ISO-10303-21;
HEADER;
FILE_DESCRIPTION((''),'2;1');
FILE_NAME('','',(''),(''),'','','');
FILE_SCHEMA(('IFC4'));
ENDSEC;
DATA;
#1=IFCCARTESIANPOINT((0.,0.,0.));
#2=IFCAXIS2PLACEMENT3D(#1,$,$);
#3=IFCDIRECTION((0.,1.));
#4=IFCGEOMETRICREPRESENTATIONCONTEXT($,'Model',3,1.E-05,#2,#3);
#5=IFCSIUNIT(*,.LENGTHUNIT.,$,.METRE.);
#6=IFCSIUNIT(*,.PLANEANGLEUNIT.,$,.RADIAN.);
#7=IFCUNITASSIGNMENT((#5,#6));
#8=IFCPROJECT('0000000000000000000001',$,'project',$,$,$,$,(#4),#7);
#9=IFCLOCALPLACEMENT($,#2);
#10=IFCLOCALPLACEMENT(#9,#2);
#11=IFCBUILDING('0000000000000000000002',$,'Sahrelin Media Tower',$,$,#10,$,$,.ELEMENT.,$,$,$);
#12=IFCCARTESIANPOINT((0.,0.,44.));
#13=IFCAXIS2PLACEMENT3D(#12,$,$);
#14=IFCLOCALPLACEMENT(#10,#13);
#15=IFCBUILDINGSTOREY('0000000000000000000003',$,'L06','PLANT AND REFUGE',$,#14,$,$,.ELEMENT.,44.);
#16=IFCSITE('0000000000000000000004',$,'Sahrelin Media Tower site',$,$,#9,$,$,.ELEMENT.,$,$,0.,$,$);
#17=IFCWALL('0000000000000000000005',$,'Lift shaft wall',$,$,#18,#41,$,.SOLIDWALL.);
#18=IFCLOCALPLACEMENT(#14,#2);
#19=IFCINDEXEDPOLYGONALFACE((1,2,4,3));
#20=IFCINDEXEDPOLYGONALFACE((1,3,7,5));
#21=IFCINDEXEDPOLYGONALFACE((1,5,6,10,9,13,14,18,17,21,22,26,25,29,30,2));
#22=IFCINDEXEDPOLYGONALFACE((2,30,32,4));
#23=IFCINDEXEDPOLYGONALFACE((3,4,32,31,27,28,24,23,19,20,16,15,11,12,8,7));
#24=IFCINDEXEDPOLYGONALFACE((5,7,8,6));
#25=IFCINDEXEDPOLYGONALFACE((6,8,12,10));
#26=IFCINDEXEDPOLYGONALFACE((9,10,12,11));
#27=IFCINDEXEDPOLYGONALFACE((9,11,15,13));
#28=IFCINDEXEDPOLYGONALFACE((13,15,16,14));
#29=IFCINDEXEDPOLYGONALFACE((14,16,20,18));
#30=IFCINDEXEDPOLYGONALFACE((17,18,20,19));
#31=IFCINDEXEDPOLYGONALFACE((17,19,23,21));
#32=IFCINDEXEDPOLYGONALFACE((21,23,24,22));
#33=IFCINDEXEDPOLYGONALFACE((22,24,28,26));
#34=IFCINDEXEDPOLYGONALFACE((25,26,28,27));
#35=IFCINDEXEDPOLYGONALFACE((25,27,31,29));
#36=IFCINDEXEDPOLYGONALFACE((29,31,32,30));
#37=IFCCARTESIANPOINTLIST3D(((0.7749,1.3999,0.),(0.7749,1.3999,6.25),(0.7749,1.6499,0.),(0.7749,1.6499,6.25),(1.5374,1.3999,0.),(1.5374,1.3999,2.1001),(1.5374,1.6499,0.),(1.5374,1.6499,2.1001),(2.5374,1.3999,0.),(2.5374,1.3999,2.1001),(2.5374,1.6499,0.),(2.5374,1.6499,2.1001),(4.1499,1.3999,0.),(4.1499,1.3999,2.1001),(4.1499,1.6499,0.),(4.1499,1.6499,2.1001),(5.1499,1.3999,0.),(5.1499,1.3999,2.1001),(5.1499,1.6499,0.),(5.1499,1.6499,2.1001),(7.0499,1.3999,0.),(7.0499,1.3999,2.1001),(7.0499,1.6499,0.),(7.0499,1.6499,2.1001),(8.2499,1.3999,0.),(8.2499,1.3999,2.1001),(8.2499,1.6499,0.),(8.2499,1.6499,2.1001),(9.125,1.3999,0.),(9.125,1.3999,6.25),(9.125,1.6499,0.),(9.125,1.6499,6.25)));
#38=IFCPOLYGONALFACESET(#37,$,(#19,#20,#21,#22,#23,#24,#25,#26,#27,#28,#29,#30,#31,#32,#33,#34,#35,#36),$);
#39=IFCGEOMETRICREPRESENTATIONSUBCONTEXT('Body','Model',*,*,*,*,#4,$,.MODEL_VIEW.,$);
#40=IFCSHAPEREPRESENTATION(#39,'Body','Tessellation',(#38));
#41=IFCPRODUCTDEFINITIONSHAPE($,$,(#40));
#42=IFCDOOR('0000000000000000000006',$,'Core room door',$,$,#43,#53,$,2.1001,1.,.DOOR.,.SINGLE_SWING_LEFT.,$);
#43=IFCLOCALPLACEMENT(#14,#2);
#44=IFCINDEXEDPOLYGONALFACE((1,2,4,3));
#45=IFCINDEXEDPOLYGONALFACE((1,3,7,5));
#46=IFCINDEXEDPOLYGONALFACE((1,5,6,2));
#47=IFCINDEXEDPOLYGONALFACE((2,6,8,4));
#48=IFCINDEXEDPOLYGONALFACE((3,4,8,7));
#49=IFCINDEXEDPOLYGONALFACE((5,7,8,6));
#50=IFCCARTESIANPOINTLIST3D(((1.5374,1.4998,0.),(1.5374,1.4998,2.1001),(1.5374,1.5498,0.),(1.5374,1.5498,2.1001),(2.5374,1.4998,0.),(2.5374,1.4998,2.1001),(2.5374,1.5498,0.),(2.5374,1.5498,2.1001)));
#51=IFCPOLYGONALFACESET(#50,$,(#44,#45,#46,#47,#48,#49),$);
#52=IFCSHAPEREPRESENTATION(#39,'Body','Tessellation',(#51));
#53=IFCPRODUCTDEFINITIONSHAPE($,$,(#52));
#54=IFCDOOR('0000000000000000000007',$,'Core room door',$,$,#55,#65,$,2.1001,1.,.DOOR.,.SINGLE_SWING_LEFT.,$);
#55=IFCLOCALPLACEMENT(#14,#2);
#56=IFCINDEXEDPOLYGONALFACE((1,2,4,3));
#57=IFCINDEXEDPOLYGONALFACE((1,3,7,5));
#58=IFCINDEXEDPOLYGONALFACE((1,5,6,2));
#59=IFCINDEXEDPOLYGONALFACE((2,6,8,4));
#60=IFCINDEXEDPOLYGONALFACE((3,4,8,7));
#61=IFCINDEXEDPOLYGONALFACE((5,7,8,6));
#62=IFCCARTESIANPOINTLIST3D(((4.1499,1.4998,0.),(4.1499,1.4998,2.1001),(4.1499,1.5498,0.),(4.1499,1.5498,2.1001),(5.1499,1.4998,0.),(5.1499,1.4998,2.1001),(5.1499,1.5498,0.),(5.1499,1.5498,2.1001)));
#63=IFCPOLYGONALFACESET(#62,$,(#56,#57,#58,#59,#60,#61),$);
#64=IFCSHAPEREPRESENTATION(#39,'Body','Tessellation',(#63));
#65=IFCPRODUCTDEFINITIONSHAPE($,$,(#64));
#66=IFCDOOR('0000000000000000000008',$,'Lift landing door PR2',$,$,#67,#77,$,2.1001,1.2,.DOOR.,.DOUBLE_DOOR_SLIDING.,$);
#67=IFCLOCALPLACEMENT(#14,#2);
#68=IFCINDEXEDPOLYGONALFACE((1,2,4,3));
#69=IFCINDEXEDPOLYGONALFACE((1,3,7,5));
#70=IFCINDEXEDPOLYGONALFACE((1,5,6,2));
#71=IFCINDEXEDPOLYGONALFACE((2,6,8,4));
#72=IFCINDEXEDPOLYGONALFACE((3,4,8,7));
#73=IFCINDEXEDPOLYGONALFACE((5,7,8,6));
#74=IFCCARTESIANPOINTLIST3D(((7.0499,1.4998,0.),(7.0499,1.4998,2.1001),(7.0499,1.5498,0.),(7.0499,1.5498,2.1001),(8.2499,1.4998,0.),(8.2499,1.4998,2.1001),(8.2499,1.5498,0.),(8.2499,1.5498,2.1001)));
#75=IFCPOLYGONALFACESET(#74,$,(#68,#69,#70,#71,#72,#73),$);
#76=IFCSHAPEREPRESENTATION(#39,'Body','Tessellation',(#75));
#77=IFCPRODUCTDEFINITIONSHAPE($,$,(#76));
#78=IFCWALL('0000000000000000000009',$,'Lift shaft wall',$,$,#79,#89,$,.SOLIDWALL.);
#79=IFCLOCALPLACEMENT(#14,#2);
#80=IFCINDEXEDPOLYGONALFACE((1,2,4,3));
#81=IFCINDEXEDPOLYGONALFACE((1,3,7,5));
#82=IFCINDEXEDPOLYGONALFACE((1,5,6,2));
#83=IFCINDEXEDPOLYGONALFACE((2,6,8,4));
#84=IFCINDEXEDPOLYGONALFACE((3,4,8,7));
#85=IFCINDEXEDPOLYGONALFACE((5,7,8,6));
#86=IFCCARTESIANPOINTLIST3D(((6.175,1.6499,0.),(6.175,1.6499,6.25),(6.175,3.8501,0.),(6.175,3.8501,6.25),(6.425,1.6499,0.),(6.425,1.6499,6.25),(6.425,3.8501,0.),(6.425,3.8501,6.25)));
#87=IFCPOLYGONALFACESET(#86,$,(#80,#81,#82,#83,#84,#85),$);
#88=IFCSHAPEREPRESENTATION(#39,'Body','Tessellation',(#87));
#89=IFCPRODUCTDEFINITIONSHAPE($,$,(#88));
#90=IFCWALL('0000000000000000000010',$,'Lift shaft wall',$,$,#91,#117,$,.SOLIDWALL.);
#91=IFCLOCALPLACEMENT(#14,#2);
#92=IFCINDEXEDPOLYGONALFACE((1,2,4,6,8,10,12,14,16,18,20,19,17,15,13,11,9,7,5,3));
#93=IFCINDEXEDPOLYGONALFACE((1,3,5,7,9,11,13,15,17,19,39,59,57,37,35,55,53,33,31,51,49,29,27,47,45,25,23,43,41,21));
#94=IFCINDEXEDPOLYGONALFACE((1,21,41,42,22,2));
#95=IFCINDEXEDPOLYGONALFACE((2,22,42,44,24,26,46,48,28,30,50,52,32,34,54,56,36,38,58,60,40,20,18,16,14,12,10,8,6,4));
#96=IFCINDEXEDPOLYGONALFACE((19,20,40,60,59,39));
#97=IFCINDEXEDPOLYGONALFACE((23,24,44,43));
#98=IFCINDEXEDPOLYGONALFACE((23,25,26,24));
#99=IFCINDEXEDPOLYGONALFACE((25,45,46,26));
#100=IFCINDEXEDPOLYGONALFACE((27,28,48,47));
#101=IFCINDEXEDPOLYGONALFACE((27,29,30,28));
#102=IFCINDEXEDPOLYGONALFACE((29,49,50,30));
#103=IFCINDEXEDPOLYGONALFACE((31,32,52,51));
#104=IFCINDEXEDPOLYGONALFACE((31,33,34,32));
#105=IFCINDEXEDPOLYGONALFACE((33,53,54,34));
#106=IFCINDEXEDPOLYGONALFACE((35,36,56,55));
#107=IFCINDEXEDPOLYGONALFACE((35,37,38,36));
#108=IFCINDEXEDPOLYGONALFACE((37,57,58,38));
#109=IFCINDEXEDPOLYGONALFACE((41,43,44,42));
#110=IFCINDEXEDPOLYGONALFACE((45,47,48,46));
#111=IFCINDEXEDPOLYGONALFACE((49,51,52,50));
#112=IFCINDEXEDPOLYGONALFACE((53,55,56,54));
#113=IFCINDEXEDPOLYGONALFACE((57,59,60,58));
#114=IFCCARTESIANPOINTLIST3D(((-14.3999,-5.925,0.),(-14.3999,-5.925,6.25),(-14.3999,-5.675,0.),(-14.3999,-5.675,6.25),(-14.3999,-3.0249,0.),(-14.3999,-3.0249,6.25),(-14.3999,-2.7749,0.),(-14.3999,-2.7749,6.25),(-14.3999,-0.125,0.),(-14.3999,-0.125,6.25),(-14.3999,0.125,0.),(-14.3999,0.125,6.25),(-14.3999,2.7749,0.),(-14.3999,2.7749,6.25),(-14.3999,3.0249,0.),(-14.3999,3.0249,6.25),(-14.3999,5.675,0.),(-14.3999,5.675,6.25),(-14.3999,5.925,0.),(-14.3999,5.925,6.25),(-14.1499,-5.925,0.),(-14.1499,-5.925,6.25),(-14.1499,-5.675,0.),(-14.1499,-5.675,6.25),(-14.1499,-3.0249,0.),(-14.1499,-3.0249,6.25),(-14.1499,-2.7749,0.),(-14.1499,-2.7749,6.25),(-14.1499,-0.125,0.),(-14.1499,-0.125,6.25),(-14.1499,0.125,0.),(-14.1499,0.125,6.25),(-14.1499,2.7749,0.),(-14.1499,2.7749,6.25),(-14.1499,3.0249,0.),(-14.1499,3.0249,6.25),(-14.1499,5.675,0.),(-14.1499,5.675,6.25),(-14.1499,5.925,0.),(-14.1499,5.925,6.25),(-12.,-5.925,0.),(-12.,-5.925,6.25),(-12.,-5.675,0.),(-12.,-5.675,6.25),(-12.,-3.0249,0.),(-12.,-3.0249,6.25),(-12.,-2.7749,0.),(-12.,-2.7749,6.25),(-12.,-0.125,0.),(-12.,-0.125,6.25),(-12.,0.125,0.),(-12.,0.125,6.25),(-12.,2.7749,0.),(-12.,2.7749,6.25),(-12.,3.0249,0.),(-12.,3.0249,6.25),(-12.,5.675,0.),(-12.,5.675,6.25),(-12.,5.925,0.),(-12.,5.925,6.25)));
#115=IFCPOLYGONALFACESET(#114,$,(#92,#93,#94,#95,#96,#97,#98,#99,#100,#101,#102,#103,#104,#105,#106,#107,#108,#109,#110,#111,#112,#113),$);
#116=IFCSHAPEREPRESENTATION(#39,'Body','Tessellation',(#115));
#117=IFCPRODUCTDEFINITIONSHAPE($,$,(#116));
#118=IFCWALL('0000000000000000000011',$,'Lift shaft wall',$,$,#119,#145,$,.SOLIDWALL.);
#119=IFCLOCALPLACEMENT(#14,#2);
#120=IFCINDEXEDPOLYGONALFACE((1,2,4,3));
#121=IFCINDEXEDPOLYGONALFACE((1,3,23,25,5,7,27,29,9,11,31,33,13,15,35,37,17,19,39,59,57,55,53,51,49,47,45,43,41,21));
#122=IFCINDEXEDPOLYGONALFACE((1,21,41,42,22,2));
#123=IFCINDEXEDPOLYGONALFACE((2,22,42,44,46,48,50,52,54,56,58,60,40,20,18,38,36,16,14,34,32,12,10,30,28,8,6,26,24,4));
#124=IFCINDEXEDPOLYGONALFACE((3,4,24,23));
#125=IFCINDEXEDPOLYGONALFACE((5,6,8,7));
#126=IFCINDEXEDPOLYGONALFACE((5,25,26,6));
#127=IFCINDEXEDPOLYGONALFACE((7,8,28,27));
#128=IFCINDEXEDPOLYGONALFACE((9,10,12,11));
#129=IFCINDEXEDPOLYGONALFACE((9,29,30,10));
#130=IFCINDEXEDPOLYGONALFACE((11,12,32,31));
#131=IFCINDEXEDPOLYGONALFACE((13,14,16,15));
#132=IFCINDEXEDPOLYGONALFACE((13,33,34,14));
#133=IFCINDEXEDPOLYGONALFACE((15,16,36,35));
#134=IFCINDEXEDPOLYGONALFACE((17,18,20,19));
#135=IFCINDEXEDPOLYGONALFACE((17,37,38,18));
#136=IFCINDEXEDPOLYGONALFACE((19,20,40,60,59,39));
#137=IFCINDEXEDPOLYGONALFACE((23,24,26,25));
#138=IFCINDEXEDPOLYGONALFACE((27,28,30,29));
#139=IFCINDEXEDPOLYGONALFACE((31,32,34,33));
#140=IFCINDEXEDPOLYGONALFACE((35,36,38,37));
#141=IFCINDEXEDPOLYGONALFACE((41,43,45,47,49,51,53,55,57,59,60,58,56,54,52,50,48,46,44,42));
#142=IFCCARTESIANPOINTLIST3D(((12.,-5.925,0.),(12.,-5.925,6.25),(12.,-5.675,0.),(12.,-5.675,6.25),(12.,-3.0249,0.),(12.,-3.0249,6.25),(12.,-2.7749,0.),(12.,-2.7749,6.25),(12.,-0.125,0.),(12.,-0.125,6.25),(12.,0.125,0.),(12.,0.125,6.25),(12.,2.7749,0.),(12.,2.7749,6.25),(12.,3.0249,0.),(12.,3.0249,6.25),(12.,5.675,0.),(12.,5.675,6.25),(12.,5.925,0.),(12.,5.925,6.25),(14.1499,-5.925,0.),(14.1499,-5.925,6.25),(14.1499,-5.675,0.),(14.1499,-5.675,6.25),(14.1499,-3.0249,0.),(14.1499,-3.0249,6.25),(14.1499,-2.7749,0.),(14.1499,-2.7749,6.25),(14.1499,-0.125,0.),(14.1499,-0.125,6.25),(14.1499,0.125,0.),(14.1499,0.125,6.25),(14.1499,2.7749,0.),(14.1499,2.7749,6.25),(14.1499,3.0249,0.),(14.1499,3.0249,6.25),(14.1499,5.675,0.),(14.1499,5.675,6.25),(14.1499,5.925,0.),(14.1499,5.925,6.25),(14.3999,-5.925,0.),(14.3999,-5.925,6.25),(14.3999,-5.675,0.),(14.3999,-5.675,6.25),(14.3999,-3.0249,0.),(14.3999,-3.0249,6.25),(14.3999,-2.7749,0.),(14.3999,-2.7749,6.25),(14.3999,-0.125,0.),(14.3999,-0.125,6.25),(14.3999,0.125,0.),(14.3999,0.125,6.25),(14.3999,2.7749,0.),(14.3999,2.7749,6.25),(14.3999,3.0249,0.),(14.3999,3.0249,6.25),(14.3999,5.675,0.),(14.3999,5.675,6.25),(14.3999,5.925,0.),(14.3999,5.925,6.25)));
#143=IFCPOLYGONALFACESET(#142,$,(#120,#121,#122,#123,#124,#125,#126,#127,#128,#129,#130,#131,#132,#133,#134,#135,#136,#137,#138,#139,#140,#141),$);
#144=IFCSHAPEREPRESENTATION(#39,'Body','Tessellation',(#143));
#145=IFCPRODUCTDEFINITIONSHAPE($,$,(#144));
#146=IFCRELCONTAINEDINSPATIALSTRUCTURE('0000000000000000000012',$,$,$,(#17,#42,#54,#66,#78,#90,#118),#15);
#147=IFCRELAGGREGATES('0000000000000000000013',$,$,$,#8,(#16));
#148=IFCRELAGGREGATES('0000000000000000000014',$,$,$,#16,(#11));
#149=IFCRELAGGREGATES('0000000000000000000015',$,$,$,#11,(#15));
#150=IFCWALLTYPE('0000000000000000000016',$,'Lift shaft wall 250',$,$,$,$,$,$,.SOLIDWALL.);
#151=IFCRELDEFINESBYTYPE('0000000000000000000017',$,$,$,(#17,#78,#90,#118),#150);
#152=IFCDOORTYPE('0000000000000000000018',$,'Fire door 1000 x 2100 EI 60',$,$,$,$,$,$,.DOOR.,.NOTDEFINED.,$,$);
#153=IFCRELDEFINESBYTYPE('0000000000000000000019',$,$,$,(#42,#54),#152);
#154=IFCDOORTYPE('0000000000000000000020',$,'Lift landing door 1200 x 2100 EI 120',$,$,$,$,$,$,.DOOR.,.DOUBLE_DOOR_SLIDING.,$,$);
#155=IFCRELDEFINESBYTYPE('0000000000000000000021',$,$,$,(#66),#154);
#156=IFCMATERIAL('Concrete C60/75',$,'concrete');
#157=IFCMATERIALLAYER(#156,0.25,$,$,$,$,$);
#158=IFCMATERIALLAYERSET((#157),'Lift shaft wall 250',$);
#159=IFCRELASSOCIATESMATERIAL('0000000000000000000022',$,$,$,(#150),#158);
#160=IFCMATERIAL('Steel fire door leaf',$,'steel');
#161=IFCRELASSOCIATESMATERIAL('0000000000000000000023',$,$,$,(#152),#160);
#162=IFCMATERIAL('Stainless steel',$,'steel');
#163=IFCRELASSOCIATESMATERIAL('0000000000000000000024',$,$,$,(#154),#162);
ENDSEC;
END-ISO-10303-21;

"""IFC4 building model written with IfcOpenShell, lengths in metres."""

from ifc_helpers import new_model, si_unit, direction, frame, frame_2d, origin, place, context, subcontext, project, spatial, polyline, rectangle, outline, extrude, material, layer, layer_set, type_object, element, fill, save


model = new_model("IFC4")

# Units and contexts
model_context = context("Model", 3, precision=1e-05, world=origin(), true_north=direction((0.0, 1.0)))
body_context = subcontext(model_context, "Body", "Model", "MODEL_VIEW")
ifc_project = project(units=[si_unit("LENGTHUNIT", "METRE"), si_unit("PLANEANGLEUNIT", "RADIAN")], contexts=[model_context])

# Site, building, storey
site_placement = place(None, origin())
site = spatial("IfcSite", under=ifc_project, at=site_placement, Name="Sahrelin Media Tower site", CompositionType="ELEMENT", RefElevation=0.0)
building_placement = place(site_placement, origin())
building = spatial("IfcBuilding", under=site, at=building_placement, Name="Sahrelin Media Tower", CompositionType="ELEMENT")
storey_placement = place(building_placement, frame((0.0, 0.0, 44.0)))
storey = spatial("IfcBuildingStorey", under=building, at=storey_placement, Name="L06", Description="PLANT AND REFUGE", CompositionType="ELEMENT", Elevation=44.0)

# Shared definitions
placement_1 = place(storey_placement, origin())

# Wall, openings, doors
ifc_material_1 = material(Name="Concrete C60/75", Category="concrete")
ifc_layer_1 = layer(ifc_material_1, 0.25)
ifc_layer_set_1 = layer_set([ifc_layer_1], Name="Lift shaft wall 250")
wall_type_1 = type_object("IfcWallType", Name="Lift shaft wall 250", PredefinedType="SOLIDWALL", material=ifc_layer_set_1)
wall_1_placement = place(storey_placement, frame((0.7749, 1.5249, 0.0), z_axis=(0.0, 0.0, 1.0), x_axis=(1.0, 0.0, 0.0)))
wall_1 = element("IfcWall", 1, at=wall_1_placement, inside=storey, type_object=wall_type_1, Name="Lift shaft wall", PredefinedType="SOLIDWALL", context=body_context, shape_type="SweptSolid", body=[
    extrude(rectangle(XDim=8.3501, YDim=0.25, at=frame_2d((4.175, 0.0))), origin(), (0.0, 0.0, 1.0), 6.25),
])
opening_1_placement = place(wall_1_placement, frame((6.2749, 0.0, 0.0)))
opening_1 = element("IfcOpeningElement", 2, at=opening_1_placement, cuts=wall_1, PredefinedType="OPENING", context=body_context, shape_type="SweptSolid", body=[
    extrude(rectangle(XDim=1.2, YDim=2.1001, at=frame_2d((0.6001, 1.05))), frame((0.0, 0.125, 0.0), z_axis=(0.0, -1.0, 0.0), x_axis=(1.0, 0.0, 0.0)), (0.0, 0.0, 1.0), 0.25),
])
opening_2_placement = place(wall_1_placement, frame((0.7625, 0.0, 0.0)))
opening_2 = element("IfcOpeningElement", 3, at=opening_2_placement, cuts=wall_1, PredefinedType="OPENING", context=body_context, shape_type="SweptSolid", body=[
    extrude(rectangle(XDim=1.0, YDim=2.1001, at=frame_2d((0.5, 1.05))), frame((0.0, 0.125, 0.0), z_axis=(0.0, -1.0, 0.0), x_axis=(1.0, 0.0, 0.0)), (0.0, 0.0, 1.0), 0.25),
])
opening_3_placement = place(wall_1_placement, frame((3.375, 0.0, 0.0)))
opening_3 = element("IfcOpeningElement", 4, at=opening_3_placement, cuts=wall_1, PredefinedType="OPENING", context=body_context, shape_type="SweptSolid", body=[
    extrude(rectangle(XDim=1.0, YDim=2.1001, at=frame_2d((0.5, 1.05))), frame((0.0, 0.125, 0.0), z_axis=(0.0, -1.0, 0.0), x_axis=(1.0, 0.0, 0.0)), (0.0, 0.0, 1.0), 0.25),
])
ifc_material_2 = material(Name="Steel fire door leaf", Category="steel")
door_type_1 = type_object("IfcDoorType", Name="Fire door 1000 x 2100 EI 60", OperationType="NOTDEFINED", PredefinedType="DOOR", material=ifc_material_2)
door_1_placement = place(opening_2_placement, origin())
door_1 = element("IfcDoor", 5, at=door_1_placement, inside=storey, type_object=door_type_1, Name="Core room door", OperationType="SINGLE_SWING_LEFT", OverallHeight=2.1001, OverallWidth=1.0, PredefinedType="DOOR", context=body_context, shape_type="SweptSolid", body=[
    extrude(rectangle(XDim=1.0, YDim=2.1001, at=frame_2d((0.5, 1.05))), frame((0.0, 0.0249, 0.0), z_axis=(0.0, -1.0, 0.0), x_axis=(1.0, 0.0, 0.0)), (0.0, 0.0, 1.0), 0.05),
])
fill(opening_2, door_1)
door_2_placement = place(opening_3_placement, origin())
door_2 = element("IfcDoor", 6, at=door_2_placement, inside=storey, type_object=door_type_1, Name="Core room door", OperationType="SINGLE_SWING_LEFT", OverallHeight=2.1001, OverallWidth=1.0, PredefinedType="DOOR", context=body_context, shape_type="SweptSolid", body=[
    extrude(rectangle(XDim=1.0, YDim=2.1001, at=frame_2d((0.5, 1.05))), frame((0.0, 0.0249, 0.0), z_axis=(0.0, -1.0, 0.0), x_axis=(1.0, 0.0, 0.0)), (0.0, 0.0, 1.0), 0.05),
])
fill(opening_3, door_2)
ifc_material_3 = material(Name="Stainless steel", Category="steel")
door_type_2 = type_object("IfcDoorType", Name="Lift landing door 1200 x 2100 EI 120", OperationType="DOUBLE_DOOR_SLIDING", PredefinedType="DOOR", material=ifc_material_3)
door_3_placement = place(opening_1_placement, origin())
door_3 = element("IfcDoor", 7, at=door_3_placement, inside=storey, type_object=door_type_2, Name="Lift landing door PR2", OperationType="DOUBLE_DOOR_SLIDING", OverallHeight=2.1001, OverallWidth=1.2, PredefinedType="DOOR", context=body_context, shape_type="SweptSolid", body=[
    extrude(rectangle(XDim=1.2, YDim=2.1001, at=frame_2d((0.6001, 1.05))), frame((0.0, 0.0249, 0.0), z_axis=(0.0, -1.0, 0.0), x_axis=(1.0, 0.0, 0.0)), (0.0, 0.0, 1.0), 0.05),
])
fill(opening_1, door_3)

# Walls
wall_2_placement = place(storey_placement, frame((6.3, 1.6499, 0.0), z_axis=(0.0, 0.0, 1.0), x_axis=(0.0, 1.0, 0.0)))
element("IfcWall", 8, at=wall_2_placement, inside=storey, type_object=wall_type_1, Name="Lift shaft wall", PredefinedType="SOLIDWALL", context=body_context, shape_type="SweptSolid", body=[
    extrude(rectangle(XDim=2.2002, YDim=0.25, at=frame_2d((1.1001, 0.0))), origin(), (0.0, 0.0, 1.0), 6.25),
])
element("IfcWall", 9, at=placement_1, inside=storey, type_object=wall_type_1, Name="Lift shaft wall", PredefinedType="SOLIDWALL", context=body_context, shape_type="SweptSolid", body=[
    extrude(outline(polyline([(-12.0, -5.925), (-12.0, -5.675), (-14.1499, -5.675), (-14.1499, -3.0249), (-12.0, -3.0249), (-12.0, -2.7749), (-14.1499, -2.7749), (-14.1499, -0.125), (-12.0, -0.125), (-12.0, 0.125), (-14.1499, 0.125), (-14.1499, 2.7749), (-12.0, 2.7749), (-12.0, 3.0249), (-14.1499, 3.0249), (-14.1499, 5.675), (-12.0, 5.675), (-12.0, 5.925), (-14.1499, 5.925), (-14.3999, 5.925), (-14.3999, 5.675), (-14.3999, 3.0249), (-14.3999, 2.7749), (-14.3999, 0.125), (-14.3999, -0.125), (-14.3999, -2.7749), (-14.3999, -3.0249), (-14.3999, -5.675), (-14.3999, -5.925), (-14.1499, -5.925), (-12.0, -5.925)])), origin(), (0.0, 0.0, 1.0), 6.25),
])
element("IfcWall", 10, at=placement_1, inside=storey, type_object=wall_type_1, Name="Lift shaft wall", PredefinedType="SOLIDWALL", context=body_context, shape_type="SweptSolid", body=[
    extrude(outline(polyline([(12.0, -5.675), (12.0, -5.925), (14.1499, -5.925), (14.3999, -5.925), (14.3999, -5.675), (14.3999, -3.0249), (14.3999, -2.7749), (14.3999, -0.125), (14.3999, 0.125), (14.3999, 2.7749), (14.3999, 3.0249), (14.3999, 5.675), (14.3999, 5.925), (14.1499, 5.925), (12.0, 5.925), (12.0, 5.675), (14.1499, 5.675), (14.1499, 3.0249), (12.0, 3.0249), (12.0, 2.7749), (14.1499, 2.7749), (14.1499, 0.125), (12.0, 0.125), (12.0, -0.125), (14.1499, -0.125), (14.1499, -2.7749), (12.0, -2.7749), (12.0, -3.0249), (14.1499, -3.0249), (14.1499, -5.675), (12.0, -5.675)])), origin(), (0.0, 0.0, 1.0), 6.25),
])

save(model, "model.ifc")
